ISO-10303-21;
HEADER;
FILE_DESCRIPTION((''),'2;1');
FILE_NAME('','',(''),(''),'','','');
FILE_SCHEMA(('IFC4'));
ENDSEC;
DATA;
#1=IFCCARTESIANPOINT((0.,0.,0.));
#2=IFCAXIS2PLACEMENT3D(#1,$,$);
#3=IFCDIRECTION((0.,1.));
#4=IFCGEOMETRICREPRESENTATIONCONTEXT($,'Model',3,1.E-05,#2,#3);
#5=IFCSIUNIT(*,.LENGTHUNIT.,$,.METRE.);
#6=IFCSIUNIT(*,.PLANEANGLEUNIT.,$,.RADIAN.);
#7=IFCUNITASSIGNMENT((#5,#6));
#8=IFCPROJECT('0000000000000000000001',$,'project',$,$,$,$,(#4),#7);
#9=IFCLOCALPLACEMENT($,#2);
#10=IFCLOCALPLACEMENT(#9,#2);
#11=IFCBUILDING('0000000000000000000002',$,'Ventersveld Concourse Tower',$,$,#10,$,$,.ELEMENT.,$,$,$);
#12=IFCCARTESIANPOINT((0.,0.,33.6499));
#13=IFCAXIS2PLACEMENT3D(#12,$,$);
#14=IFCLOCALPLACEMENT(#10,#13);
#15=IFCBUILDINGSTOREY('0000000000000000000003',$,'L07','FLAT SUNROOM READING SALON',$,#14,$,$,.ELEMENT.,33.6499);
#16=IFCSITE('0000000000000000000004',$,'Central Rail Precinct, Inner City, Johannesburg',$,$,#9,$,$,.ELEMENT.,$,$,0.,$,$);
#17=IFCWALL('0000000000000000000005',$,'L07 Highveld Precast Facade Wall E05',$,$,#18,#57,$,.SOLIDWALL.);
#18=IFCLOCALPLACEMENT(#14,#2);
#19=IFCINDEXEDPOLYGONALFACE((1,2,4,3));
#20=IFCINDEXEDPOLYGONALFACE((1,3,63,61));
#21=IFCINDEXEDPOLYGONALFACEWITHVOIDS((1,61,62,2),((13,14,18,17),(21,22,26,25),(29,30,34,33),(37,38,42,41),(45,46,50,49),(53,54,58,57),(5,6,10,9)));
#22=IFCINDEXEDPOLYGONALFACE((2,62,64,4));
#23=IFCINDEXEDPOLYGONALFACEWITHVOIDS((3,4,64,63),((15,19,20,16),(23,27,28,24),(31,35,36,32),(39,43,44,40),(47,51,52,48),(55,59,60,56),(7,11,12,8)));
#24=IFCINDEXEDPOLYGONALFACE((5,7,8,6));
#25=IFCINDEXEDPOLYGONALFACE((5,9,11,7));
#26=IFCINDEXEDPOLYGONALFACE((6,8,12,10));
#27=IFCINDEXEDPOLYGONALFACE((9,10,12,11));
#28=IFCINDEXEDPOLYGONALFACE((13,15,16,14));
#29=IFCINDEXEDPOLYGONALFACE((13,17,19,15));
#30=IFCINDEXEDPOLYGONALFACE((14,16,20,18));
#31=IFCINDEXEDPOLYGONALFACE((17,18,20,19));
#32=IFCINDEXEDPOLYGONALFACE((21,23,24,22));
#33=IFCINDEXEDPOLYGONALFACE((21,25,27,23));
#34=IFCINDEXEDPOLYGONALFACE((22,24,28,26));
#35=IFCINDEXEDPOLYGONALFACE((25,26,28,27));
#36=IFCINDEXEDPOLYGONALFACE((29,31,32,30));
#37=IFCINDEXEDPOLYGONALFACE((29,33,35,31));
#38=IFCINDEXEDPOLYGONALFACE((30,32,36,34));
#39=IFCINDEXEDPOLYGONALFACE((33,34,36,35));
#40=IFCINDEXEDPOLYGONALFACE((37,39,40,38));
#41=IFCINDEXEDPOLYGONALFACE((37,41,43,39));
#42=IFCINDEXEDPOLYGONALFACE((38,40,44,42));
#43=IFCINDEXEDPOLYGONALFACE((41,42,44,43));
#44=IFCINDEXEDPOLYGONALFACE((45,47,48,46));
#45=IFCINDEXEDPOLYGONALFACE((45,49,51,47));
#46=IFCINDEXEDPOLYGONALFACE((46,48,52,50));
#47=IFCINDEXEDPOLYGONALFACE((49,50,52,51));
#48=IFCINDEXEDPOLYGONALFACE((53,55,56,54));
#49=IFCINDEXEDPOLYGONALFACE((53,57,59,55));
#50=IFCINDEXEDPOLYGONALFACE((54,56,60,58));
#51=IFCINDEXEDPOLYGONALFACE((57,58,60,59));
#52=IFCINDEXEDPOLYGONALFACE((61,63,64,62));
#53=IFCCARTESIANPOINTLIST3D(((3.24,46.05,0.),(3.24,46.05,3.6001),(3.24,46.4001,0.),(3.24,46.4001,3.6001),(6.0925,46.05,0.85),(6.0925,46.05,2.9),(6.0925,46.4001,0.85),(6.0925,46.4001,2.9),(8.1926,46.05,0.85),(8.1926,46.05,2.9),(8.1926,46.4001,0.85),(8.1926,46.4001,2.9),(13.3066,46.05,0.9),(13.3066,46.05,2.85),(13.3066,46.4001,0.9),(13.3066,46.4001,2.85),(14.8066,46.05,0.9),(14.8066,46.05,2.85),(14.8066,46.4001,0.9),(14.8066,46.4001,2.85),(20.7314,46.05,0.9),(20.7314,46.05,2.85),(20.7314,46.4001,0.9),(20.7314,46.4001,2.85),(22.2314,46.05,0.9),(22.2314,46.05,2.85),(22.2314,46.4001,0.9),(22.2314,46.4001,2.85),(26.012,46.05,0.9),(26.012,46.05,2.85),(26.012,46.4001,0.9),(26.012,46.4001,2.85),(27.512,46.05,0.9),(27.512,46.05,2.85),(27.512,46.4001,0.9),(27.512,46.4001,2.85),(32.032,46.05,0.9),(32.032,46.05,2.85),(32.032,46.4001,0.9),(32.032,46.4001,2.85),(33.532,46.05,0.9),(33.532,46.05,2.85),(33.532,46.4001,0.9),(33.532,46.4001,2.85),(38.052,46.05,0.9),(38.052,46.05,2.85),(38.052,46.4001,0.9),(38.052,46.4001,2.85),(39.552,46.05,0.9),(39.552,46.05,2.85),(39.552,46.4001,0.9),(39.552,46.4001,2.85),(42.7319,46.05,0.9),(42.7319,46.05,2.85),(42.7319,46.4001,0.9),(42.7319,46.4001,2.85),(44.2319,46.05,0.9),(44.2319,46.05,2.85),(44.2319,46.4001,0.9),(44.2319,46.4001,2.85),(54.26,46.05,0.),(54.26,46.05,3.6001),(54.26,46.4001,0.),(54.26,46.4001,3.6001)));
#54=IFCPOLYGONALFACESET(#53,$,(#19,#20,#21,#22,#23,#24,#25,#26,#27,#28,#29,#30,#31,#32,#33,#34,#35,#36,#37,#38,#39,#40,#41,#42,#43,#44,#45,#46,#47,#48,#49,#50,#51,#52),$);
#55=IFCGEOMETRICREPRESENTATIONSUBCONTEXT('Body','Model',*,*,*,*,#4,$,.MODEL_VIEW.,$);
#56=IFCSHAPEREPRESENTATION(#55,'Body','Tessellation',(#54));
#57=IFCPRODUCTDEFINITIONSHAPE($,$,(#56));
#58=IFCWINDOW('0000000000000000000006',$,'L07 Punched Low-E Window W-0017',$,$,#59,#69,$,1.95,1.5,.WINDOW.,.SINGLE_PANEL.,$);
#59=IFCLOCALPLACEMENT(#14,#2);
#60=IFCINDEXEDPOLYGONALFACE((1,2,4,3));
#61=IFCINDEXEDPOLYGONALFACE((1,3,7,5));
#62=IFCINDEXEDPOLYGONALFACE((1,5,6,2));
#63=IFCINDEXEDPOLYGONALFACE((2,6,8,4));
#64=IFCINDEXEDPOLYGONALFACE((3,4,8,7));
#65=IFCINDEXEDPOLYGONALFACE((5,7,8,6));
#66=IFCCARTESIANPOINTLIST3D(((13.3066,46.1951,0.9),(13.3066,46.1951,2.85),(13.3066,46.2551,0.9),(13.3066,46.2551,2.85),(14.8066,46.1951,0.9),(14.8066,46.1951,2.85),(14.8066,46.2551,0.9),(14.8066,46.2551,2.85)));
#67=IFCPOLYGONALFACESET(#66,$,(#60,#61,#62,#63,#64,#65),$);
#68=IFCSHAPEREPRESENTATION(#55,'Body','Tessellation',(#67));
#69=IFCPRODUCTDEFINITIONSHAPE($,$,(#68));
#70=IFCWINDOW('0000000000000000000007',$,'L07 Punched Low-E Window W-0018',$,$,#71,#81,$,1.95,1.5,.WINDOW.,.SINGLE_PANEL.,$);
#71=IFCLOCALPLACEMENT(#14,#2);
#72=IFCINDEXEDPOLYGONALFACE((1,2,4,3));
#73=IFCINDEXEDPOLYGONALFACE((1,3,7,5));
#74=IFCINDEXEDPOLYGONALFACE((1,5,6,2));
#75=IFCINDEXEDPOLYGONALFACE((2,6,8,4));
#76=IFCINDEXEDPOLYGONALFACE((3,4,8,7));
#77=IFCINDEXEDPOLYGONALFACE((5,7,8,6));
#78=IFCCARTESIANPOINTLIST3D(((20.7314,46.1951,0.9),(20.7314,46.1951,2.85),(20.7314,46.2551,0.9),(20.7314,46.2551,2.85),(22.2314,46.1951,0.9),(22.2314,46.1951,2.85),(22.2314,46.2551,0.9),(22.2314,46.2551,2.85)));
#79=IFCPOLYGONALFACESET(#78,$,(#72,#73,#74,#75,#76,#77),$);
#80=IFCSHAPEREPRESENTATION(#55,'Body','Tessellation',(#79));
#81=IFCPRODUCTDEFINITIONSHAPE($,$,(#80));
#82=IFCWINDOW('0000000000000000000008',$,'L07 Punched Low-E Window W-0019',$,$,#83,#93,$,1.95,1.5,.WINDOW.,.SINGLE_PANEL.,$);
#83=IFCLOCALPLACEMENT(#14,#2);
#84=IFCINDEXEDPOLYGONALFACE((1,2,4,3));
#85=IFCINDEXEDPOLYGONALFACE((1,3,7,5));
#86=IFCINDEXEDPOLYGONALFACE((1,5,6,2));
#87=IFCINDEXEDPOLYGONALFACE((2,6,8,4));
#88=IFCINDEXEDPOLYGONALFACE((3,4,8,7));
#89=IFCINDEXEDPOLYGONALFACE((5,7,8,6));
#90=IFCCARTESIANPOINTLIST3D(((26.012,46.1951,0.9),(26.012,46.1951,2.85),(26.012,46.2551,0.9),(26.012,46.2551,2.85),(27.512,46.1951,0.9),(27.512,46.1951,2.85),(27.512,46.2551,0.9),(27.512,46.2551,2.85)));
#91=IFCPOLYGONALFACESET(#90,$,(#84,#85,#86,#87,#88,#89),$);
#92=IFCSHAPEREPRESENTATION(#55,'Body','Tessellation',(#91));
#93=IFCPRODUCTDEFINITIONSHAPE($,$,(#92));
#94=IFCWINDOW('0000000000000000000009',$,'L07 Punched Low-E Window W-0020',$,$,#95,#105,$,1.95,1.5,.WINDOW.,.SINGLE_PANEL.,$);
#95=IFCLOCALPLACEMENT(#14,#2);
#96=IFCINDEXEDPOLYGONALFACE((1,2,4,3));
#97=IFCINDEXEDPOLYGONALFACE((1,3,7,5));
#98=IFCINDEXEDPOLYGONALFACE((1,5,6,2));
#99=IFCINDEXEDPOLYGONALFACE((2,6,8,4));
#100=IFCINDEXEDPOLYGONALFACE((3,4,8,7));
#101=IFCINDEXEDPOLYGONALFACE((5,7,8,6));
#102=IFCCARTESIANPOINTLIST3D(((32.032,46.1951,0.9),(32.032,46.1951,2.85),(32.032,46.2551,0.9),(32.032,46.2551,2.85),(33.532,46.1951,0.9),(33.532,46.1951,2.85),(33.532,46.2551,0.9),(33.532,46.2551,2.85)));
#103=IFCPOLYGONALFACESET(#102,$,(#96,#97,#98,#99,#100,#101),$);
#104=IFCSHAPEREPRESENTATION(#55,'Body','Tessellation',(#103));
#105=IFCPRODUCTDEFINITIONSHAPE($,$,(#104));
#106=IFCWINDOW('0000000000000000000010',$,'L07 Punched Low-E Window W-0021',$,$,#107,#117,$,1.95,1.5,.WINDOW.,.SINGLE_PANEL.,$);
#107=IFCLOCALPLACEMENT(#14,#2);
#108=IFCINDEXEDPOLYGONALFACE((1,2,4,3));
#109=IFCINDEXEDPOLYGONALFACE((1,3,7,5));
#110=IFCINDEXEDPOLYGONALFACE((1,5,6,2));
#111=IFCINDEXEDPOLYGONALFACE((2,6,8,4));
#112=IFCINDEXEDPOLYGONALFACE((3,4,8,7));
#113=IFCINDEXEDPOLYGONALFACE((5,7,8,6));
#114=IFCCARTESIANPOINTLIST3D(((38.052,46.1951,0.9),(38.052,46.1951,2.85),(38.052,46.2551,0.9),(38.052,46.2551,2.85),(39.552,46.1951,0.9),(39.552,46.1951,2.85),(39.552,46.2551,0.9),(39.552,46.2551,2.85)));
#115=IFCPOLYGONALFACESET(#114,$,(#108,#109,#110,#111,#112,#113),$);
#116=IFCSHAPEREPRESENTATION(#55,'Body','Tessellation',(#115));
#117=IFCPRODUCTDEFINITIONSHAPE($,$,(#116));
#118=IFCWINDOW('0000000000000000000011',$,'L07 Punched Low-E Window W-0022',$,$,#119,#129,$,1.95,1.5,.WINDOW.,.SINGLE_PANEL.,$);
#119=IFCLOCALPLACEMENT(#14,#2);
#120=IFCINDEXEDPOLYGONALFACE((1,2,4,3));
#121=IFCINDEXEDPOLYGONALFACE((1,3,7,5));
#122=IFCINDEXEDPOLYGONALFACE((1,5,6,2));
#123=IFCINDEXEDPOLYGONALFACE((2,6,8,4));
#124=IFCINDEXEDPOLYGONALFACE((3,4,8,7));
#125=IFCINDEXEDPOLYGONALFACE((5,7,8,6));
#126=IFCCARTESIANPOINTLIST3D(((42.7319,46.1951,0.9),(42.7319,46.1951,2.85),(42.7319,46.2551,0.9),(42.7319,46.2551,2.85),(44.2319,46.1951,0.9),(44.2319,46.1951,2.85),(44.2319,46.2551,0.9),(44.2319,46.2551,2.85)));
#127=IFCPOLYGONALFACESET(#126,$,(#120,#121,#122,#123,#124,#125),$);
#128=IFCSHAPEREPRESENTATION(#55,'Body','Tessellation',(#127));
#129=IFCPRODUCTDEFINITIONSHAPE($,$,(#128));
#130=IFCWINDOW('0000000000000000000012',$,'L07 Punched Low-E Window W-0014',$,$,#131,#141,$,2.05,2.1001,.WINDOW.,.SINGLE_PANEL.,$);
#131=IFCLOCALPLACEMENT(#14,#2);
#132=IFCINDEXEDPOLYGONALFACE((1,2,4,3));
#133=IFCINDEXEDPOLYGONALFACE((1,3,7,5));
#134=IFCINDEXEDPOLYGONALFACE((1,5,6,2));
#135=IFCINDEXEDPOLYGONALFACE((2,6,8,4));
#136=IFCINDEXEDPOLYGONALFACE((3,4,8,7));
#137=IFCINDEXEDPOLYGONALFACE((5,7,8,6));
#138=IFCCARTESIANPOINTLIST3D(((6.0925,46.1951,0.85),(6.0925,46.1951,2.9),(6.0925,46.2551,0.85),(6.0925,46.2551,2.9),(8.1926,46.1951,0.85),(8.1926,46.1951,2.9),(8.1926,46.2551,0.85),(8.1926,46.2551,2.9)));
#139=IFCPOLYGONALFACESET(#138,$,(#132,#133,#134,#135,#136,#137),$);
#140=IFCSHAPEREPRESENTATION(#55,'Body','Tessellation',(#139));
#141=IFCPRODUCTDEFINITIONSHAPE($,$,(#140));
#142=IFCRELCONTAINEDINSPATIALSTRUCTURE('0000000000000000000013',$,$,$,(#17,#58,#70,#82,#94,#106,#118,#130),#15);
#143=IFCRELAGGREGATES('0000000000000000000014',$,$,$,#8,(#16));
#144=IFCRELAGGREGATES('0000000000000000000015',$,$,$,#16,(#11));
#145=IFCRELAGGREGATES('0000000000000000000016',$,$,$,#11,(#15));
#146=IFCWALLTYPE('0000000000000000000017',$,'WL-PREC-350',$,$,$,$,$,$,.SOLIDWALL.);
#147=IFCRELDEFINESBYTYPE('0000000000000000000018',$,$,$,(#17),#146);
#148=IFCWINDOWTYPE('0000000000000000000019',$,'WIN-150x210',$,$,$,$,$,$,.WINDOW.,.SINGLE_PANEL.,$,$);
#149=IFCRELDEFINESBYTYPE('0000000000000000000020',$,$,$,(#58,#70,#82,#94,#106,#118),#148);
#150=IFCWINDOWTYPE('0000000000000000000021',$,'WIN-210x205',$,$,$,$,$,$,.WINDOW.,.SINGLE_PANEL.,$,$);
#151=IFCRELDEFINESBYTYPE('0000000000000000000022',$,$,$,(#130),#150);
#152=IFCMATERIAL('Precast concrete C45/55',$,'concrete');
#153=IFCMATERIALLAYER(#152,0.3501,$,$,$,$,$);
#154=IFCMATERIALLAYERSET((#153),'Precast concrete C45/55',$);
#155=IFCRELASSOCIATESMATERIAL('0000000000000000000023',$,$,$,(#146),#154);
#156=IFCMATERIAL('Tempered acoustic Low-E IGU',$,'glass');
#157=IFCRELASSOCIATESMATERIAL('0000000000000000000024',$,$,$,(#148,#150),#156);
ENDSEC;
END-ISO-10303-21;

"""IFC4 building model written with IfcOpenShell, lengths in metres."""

from ifc_helpers import new_model, si_unit, direction, frame, frame_2d, origin, place, context, subcontext, project, spatial, rectangle, extrude, material, layer, layer_set, type_object, element, fill, save


model = new_model("IFC4")

# Units and contexts
model_context = context("Model", 3, precision=1e-05, world=origin(), true_north=direction((0.0, 1.0)))
body_context = subcontext(model_context, "Body", "Model", "MODEL_VIEW")
ifc_project = project(units=[si_unit("LENGTHUNIT", "METRE"), si_unit("PLANEANGLEUNIT", "RADIAN")], contexts=[model_context])

# Site, building, storey
site_placement = place(None, origin())
site = spatial("IfcSite", under=ifc_project, at=site_placement, Name="Central Rail Precinct, Inner City, Johannesburg", CompositionType="ELEMENT", RefElevation=0.0)
building_placement = place(site_placement, origin())
building = spatial("IfcBuilding", under=site, at=building_placement, Name="Ventersveld Concourse Tower", CompositionType="ELEMENT")
storey_placement = place(building_placement, frame((0.0, 0.0, 33.6499)))
storey = spatial("IfcBuildingStorey", under=building, at=storey_placement, Name="L07", Description="FLAT SUNROOM READING SALON", CompositionType="ELEMENT", Elevation=33.6499)

# Shared definitions
ifc_material_1 = material(Name="Precast concrete C45/55", Category="concrete")
ifc_layer_1 = layer(ifc_material_1, 0.3501)
ifc_layer_set_1 = layer_set([ifc_layer_1], Name="Precast concrete C45/55")
wall_type_1 = type_object("IfcWallType", Name="WL-PREC-350", PredefinedType="SOLIDWALL", material=ifc_layer_set_1)

# Wall, openings, windows
wall_1_placement = place(storey_placement, frame((54.26, 46.2251, 0.0), z_axis=(0.0, 0.0, 1.0), x_axis=(-1.0, 0.0, 0.0)))
wall_1 = element("IfcWall", 1, at=wall_1_placement, inside=storey, type_object=wall_type_1, Name="L07 Highveld Precast Facade Wall E05", PredefinedType="SOLIDWALL", context=body_context, shape_type="SweptSolid", body=[
    extrude(rectangle(XDim=51.02, YDim=0.3501, at=frame_2d((25.51, 0.0))), origin(), (0.0, 0.0, 1.0), 3.6001),
])
opening_1_placement = place(wall_1_placement, frame((46.0674, 0.0, 0.8501)))
opening_1 = element("IfcOpeningElement", 2, at=opening_1_placement, cuts=wall_1, PredefinedType="OPENING", context=body_context, shape_type="SweptSolid", body=[
    extrude(rectangle(XDim=2.1001, YDim=2.05, at=frame_2d((1.05, 1.0249))), frame((0.0, 0.1851, 0.0), z_axis=(0.0, -1.0, 0.0), x_axis=(1.0, 0.0, 0.0)), (0.0, 0.0, 1.0), 0.3701),
])
opening_2_placement = place(wall_1_placement, frame((39.4534, 0.0, 0.8999)))
opening_2 = element("IfcOpeningElement", 3, at=opening_2_placement, cuts=wall_1, PredefinedType="OPENING", context=body_context, shape_type="SweptSolid", body=[
    extrude(rectangle(XDim=1.5, YDim=1.95, at=frame_2d((0.75, 0.9751))), frame((0.0, 0.1851, 0.0), z_axis=(0.0, -1.0, 0.0), x_axis=(1.0, 0.0, 0.0)), (0.0, 0.0, 1.0), 0.3701),
])
opening_3_placement = place(wall_1_placement, frame((32.0286, 0.0, 0.8999)))
opening_3 = element("IfcOpeningElement", 4, at=opening_3_placement, cuts=wall_1, PredefinedType="OPENING", context=body_context, shape_type="SweptSolid", body=[
    extrude(rectangle(XDim=1.5, YDim=1.95, at=frame_2d((0.75, 0.9751))), frame((0.0, 0.1851, 0.0), z_axis=(0.0, -1.0, 0.0), x_axis=(1.0, 0.0, 0.0)), (0.0, 0.0, 1.0), 0.3701),
])
opening_4_placement = place(wall_1_placement, frame((26.748, 0.0, 0.8999)))
opening_4 = element("IfcOpeningElement", 5, at=opening_4_placement, cuts=wall_1, PredefinedType="OPENING", context=body_context, shape_type="SweptSolid", body=[
    extrude(rectangle(XDim=1.5, YDim=1.95, at=frame_2d((0.75, 0.9751))), frame((0.0, 0.1851, 0.0), z_axis=(0.0, -1.0, 0.0), x_axis=(1.0, 0.0, 0.0)), (0.0, 0.0, 1.0), 0.3701),
])
opening_5_placement = place(wall_1_placement, frame((20.728, 0.0, 0.8999)))
opening_5 = element("IfcOpeningElement", 6, at=opening_5_placement, cuts=wall_1, PredefinedType="OPENING", context=body_context, shape_type="SweptSolid", body=[
    extrude(rectangle(XDim=1.5, YDim=1.95, at=frame_2d((0.75, 0.9751))), frame((0.0, 0.1851, 0.0), z_axis=(0.0, -1.0, 0.0), x_axis=(1.0, 0.0, 0.0)), (0.0, 0.0, 1.0), 0.3701),
])
opening_6_placement = place(wall_1_placement, frame((14.708, 0.0, 0.8999)))
opening_6 = element("IfcOpeningElement", 7, at=opening_6_placement, cuts=wall_1, PredefinedType="OPENING", context=body_context, shape_type="SweptSolid", body=[
    extrude(rectangle(XDim=1.5, YDim=1.95, at=frame_2d((0.75, 0.9751))), frame((0.0, 0.1851, 0.0), z_axis=(0.0, -1.0, 0.0), x_axis=(1.0, 0.0, 0.0)), (0.0, 0.0, 1.0), 0.3701),
])
opening_7_placement = place(wall_1_placement, frame((10.0281, 0.0, 0.8999)))
opening_7 = element("IfcOpeningElement", 8, at=opening_7_placement, cuts=wall_1, PredefinedType="OPENING", context=body_context, shape_type="SweptSolid", body=[
    extrude(rectangle(XDim=1.5, YDim=1.95, at=frame_2d((0.75, 0.9751))), frame((0.0, 0.1851, 0.0), z_axis=(0.0, -1.0, 0.0), x_axis=(1.0, 0.0, 0.0)), (0.0, 0.0, 1.0), 0.3701),
])
ifc_material_2 = material(Name="Tempered acoustic Low-E IGU", Category="glass")
window_type_1 = type_object("IfcWindowType", Name="WIN-150x210", PartitioningType="SINGLE_PANEL", PredefinedType="WINDOW", material=ifc_material_2)
window_1_placement = place(opening_2_placement, origin())
window_1 = element("IfcWindow", 9, at=window_1_placement, inside=storey, type_object=window_type_1, Name="L07 Punched Low-E Window W-0017", OverallHeight=1.95, OverallWidth=1.5, PartitioningType="SINGLE_PANEL", PredefinedType="WINDOW", context=body_context, shape_type="SweptSolid", body=[
    extrude(rectangle(XDim=1.5, YDim=1.95, at=frame_2d((0.75, 0.9751))), frame((0.0, 0.03, 0.0), z_axis=(0.0, -1.0, 0.0), x_axis=(1.0, 0.0, 0.0)), (0.0, 0.0, 1.0), 0.0601),
])
fill(opening_2, window_1)
window_2_placement = place(opening_3_placement, origin())
window_2 = element("IfcWindow", 10, at=window_2_placement, inside=storey, type_object=window_type_1, Name="L07 Punched Low-E Window W-0018", OverallHeight=1.95, OverallWidth=1.5, PartitioningType="SINGLE_PANEL", PredefinedType="WINDOW", context=body_context, shape_type="SweptSolid", body=[
    extrude(rectangle(XDim=1.5, YDim=1.95, at=frame_2d((0.75, 0.9751))), frame((0.0, 0.03, 0.0), z_axis=(0.0, -1.0, 0.0), x_axis=(1.0, 0.0, 0.0)), (0.0, 0.0, 1.0), 0.0601),
])
fill(opening_3, window_2)
window_3_placement = place(opening_4_placement, origin())
window_3 = element("IfcWindow", 11, at=window_3_placement, inside=storey, type_object=window_type_1, Name="L07 Punched Low-E Window W-0019", OverallHeight=1.95, OverallWidth=1.5, PartitioningType="SINGLE_PANEL", PredefinedType="WINDOW", context=body_context, shape_type="SweptSolid", body=[
    extrude(rectangle(XDim=1.5, YDim=1.95, at=frame_2d((0.75, 0.9751))), frame((0.0, 0.03, 0.0), z_axis=(0.0, -1.0, 0.0), x_axis=(1.0, 0.0, 0.0)), (0.0, 0.0, 1.0), 0.0601),
])
fill(opening_4, window_3)
window_4_placement = place(opening_5_placement, origin())
window_4 = element("IfcWindow", 12, at=window_4_placement, inside=storey, type_object=window_type_1, Name="L07 Punched Low-E Window W-0020", OverallHeight=1.95, OverallWidth=1.5, PartitioningType="SINGLE_PANEL", PredefinedType="WINDOW", context=body_context, shape_type="SweptSolid", body=[
    extrude(rectangle(XDim=1.5, YDim=1.95, at=frame_2d((0.75, 0.9751))), frame((0.0, 0.03, 0.0), z_axis=(0.0, -1.0, 0.0), x_axis=(1.0, 0.0, 0.0)), (0.0, 0.0, 1.0), 0.0601),
])
fill(opening_5, window_4)
window_5_placement = place(opening_6_placement, origin())
window_5 = element("IfcWindow", 13, at=window_5_placement, inside=storey, type_object=window_type_1, Name="L07 Punched Low-E Window W-0021", OverallHeight=1.95, OverallWidth=1.5, PartitioningType="SINGLE_PANEL", PredefinedType="WINDOW", context=body_context, shape_type="SweptSolid", body=[
    extrude(rectangle(XDim=1.5, YDim=1.95, at=frame_2d((0.75, 0.9751))), frame((0.0, 0.03, 0.0), z_axis=(0.0, -1.0, 0.0), x_axis=(1.0, 0.0, 0.0)), (0.0, 0.0, 1.0), 0.0601),
])
fill(opening_6, window_5)
window_6_placement = place(opening_7_placement, origin())
window_6 = element("IfcWindow", 14, at=window_6_placement, inside=storey, type_object=window_type_1, Name="L07 Punched Low-E Window W-0022", OverallHeight=1.95, OverallWidth=1.5, PartitioningType="SINGLE_PANEL", PredefinedType="WINDOW", context=body_context, shape_type="SweptSolid", body=[
    extrude(rectangle(XDim=1.5, YDim=1.95, at=frame_2d((0.75, 0.9751))), frame((0.0, 0.03, 0.0), z_axis=(0.0, -1.0, 0.0), x_axis=(1.0, 0.0, 0.0)), (0.0, 0.0, 1.0), 0.0601),
])
fill(opening_7, window_6)
window_type_2 = type_object("IfcWindowType", Name="WIN-210x205", PartitioningType="SINGLE_PANEL", PredefinedType="WINDOW", material=ifc_material_2)
window_7_placement = place(opening_1_placement, origin())
window_7 = element("IfcWindow", 15, at=window_7_placement, inside=storey, type_object=window_type_2, Name="L07 Punched Low-E Window W-0014", OverallHeight=2.05, OverallWidth=2.1001, PartitioningType="SINGLE_PANEL", PredefinedType="WINDOW", context=body_context, shape_type="SweptSolid", body=[
    extrude(rectangle(XDim=2.1001, YDim=2.05, at=frame_2d((1.05, 1.0249))), frame((0.0, 0.03, 0.0), z_axis=(0.0, -1.0, 0.0), x_axis=(1.0, 0.0, 0.0)), (0.0, 0.0, 1.0), 0.0601),
])
fill(opening_1, window_7)

save(model, "model.ifc")
